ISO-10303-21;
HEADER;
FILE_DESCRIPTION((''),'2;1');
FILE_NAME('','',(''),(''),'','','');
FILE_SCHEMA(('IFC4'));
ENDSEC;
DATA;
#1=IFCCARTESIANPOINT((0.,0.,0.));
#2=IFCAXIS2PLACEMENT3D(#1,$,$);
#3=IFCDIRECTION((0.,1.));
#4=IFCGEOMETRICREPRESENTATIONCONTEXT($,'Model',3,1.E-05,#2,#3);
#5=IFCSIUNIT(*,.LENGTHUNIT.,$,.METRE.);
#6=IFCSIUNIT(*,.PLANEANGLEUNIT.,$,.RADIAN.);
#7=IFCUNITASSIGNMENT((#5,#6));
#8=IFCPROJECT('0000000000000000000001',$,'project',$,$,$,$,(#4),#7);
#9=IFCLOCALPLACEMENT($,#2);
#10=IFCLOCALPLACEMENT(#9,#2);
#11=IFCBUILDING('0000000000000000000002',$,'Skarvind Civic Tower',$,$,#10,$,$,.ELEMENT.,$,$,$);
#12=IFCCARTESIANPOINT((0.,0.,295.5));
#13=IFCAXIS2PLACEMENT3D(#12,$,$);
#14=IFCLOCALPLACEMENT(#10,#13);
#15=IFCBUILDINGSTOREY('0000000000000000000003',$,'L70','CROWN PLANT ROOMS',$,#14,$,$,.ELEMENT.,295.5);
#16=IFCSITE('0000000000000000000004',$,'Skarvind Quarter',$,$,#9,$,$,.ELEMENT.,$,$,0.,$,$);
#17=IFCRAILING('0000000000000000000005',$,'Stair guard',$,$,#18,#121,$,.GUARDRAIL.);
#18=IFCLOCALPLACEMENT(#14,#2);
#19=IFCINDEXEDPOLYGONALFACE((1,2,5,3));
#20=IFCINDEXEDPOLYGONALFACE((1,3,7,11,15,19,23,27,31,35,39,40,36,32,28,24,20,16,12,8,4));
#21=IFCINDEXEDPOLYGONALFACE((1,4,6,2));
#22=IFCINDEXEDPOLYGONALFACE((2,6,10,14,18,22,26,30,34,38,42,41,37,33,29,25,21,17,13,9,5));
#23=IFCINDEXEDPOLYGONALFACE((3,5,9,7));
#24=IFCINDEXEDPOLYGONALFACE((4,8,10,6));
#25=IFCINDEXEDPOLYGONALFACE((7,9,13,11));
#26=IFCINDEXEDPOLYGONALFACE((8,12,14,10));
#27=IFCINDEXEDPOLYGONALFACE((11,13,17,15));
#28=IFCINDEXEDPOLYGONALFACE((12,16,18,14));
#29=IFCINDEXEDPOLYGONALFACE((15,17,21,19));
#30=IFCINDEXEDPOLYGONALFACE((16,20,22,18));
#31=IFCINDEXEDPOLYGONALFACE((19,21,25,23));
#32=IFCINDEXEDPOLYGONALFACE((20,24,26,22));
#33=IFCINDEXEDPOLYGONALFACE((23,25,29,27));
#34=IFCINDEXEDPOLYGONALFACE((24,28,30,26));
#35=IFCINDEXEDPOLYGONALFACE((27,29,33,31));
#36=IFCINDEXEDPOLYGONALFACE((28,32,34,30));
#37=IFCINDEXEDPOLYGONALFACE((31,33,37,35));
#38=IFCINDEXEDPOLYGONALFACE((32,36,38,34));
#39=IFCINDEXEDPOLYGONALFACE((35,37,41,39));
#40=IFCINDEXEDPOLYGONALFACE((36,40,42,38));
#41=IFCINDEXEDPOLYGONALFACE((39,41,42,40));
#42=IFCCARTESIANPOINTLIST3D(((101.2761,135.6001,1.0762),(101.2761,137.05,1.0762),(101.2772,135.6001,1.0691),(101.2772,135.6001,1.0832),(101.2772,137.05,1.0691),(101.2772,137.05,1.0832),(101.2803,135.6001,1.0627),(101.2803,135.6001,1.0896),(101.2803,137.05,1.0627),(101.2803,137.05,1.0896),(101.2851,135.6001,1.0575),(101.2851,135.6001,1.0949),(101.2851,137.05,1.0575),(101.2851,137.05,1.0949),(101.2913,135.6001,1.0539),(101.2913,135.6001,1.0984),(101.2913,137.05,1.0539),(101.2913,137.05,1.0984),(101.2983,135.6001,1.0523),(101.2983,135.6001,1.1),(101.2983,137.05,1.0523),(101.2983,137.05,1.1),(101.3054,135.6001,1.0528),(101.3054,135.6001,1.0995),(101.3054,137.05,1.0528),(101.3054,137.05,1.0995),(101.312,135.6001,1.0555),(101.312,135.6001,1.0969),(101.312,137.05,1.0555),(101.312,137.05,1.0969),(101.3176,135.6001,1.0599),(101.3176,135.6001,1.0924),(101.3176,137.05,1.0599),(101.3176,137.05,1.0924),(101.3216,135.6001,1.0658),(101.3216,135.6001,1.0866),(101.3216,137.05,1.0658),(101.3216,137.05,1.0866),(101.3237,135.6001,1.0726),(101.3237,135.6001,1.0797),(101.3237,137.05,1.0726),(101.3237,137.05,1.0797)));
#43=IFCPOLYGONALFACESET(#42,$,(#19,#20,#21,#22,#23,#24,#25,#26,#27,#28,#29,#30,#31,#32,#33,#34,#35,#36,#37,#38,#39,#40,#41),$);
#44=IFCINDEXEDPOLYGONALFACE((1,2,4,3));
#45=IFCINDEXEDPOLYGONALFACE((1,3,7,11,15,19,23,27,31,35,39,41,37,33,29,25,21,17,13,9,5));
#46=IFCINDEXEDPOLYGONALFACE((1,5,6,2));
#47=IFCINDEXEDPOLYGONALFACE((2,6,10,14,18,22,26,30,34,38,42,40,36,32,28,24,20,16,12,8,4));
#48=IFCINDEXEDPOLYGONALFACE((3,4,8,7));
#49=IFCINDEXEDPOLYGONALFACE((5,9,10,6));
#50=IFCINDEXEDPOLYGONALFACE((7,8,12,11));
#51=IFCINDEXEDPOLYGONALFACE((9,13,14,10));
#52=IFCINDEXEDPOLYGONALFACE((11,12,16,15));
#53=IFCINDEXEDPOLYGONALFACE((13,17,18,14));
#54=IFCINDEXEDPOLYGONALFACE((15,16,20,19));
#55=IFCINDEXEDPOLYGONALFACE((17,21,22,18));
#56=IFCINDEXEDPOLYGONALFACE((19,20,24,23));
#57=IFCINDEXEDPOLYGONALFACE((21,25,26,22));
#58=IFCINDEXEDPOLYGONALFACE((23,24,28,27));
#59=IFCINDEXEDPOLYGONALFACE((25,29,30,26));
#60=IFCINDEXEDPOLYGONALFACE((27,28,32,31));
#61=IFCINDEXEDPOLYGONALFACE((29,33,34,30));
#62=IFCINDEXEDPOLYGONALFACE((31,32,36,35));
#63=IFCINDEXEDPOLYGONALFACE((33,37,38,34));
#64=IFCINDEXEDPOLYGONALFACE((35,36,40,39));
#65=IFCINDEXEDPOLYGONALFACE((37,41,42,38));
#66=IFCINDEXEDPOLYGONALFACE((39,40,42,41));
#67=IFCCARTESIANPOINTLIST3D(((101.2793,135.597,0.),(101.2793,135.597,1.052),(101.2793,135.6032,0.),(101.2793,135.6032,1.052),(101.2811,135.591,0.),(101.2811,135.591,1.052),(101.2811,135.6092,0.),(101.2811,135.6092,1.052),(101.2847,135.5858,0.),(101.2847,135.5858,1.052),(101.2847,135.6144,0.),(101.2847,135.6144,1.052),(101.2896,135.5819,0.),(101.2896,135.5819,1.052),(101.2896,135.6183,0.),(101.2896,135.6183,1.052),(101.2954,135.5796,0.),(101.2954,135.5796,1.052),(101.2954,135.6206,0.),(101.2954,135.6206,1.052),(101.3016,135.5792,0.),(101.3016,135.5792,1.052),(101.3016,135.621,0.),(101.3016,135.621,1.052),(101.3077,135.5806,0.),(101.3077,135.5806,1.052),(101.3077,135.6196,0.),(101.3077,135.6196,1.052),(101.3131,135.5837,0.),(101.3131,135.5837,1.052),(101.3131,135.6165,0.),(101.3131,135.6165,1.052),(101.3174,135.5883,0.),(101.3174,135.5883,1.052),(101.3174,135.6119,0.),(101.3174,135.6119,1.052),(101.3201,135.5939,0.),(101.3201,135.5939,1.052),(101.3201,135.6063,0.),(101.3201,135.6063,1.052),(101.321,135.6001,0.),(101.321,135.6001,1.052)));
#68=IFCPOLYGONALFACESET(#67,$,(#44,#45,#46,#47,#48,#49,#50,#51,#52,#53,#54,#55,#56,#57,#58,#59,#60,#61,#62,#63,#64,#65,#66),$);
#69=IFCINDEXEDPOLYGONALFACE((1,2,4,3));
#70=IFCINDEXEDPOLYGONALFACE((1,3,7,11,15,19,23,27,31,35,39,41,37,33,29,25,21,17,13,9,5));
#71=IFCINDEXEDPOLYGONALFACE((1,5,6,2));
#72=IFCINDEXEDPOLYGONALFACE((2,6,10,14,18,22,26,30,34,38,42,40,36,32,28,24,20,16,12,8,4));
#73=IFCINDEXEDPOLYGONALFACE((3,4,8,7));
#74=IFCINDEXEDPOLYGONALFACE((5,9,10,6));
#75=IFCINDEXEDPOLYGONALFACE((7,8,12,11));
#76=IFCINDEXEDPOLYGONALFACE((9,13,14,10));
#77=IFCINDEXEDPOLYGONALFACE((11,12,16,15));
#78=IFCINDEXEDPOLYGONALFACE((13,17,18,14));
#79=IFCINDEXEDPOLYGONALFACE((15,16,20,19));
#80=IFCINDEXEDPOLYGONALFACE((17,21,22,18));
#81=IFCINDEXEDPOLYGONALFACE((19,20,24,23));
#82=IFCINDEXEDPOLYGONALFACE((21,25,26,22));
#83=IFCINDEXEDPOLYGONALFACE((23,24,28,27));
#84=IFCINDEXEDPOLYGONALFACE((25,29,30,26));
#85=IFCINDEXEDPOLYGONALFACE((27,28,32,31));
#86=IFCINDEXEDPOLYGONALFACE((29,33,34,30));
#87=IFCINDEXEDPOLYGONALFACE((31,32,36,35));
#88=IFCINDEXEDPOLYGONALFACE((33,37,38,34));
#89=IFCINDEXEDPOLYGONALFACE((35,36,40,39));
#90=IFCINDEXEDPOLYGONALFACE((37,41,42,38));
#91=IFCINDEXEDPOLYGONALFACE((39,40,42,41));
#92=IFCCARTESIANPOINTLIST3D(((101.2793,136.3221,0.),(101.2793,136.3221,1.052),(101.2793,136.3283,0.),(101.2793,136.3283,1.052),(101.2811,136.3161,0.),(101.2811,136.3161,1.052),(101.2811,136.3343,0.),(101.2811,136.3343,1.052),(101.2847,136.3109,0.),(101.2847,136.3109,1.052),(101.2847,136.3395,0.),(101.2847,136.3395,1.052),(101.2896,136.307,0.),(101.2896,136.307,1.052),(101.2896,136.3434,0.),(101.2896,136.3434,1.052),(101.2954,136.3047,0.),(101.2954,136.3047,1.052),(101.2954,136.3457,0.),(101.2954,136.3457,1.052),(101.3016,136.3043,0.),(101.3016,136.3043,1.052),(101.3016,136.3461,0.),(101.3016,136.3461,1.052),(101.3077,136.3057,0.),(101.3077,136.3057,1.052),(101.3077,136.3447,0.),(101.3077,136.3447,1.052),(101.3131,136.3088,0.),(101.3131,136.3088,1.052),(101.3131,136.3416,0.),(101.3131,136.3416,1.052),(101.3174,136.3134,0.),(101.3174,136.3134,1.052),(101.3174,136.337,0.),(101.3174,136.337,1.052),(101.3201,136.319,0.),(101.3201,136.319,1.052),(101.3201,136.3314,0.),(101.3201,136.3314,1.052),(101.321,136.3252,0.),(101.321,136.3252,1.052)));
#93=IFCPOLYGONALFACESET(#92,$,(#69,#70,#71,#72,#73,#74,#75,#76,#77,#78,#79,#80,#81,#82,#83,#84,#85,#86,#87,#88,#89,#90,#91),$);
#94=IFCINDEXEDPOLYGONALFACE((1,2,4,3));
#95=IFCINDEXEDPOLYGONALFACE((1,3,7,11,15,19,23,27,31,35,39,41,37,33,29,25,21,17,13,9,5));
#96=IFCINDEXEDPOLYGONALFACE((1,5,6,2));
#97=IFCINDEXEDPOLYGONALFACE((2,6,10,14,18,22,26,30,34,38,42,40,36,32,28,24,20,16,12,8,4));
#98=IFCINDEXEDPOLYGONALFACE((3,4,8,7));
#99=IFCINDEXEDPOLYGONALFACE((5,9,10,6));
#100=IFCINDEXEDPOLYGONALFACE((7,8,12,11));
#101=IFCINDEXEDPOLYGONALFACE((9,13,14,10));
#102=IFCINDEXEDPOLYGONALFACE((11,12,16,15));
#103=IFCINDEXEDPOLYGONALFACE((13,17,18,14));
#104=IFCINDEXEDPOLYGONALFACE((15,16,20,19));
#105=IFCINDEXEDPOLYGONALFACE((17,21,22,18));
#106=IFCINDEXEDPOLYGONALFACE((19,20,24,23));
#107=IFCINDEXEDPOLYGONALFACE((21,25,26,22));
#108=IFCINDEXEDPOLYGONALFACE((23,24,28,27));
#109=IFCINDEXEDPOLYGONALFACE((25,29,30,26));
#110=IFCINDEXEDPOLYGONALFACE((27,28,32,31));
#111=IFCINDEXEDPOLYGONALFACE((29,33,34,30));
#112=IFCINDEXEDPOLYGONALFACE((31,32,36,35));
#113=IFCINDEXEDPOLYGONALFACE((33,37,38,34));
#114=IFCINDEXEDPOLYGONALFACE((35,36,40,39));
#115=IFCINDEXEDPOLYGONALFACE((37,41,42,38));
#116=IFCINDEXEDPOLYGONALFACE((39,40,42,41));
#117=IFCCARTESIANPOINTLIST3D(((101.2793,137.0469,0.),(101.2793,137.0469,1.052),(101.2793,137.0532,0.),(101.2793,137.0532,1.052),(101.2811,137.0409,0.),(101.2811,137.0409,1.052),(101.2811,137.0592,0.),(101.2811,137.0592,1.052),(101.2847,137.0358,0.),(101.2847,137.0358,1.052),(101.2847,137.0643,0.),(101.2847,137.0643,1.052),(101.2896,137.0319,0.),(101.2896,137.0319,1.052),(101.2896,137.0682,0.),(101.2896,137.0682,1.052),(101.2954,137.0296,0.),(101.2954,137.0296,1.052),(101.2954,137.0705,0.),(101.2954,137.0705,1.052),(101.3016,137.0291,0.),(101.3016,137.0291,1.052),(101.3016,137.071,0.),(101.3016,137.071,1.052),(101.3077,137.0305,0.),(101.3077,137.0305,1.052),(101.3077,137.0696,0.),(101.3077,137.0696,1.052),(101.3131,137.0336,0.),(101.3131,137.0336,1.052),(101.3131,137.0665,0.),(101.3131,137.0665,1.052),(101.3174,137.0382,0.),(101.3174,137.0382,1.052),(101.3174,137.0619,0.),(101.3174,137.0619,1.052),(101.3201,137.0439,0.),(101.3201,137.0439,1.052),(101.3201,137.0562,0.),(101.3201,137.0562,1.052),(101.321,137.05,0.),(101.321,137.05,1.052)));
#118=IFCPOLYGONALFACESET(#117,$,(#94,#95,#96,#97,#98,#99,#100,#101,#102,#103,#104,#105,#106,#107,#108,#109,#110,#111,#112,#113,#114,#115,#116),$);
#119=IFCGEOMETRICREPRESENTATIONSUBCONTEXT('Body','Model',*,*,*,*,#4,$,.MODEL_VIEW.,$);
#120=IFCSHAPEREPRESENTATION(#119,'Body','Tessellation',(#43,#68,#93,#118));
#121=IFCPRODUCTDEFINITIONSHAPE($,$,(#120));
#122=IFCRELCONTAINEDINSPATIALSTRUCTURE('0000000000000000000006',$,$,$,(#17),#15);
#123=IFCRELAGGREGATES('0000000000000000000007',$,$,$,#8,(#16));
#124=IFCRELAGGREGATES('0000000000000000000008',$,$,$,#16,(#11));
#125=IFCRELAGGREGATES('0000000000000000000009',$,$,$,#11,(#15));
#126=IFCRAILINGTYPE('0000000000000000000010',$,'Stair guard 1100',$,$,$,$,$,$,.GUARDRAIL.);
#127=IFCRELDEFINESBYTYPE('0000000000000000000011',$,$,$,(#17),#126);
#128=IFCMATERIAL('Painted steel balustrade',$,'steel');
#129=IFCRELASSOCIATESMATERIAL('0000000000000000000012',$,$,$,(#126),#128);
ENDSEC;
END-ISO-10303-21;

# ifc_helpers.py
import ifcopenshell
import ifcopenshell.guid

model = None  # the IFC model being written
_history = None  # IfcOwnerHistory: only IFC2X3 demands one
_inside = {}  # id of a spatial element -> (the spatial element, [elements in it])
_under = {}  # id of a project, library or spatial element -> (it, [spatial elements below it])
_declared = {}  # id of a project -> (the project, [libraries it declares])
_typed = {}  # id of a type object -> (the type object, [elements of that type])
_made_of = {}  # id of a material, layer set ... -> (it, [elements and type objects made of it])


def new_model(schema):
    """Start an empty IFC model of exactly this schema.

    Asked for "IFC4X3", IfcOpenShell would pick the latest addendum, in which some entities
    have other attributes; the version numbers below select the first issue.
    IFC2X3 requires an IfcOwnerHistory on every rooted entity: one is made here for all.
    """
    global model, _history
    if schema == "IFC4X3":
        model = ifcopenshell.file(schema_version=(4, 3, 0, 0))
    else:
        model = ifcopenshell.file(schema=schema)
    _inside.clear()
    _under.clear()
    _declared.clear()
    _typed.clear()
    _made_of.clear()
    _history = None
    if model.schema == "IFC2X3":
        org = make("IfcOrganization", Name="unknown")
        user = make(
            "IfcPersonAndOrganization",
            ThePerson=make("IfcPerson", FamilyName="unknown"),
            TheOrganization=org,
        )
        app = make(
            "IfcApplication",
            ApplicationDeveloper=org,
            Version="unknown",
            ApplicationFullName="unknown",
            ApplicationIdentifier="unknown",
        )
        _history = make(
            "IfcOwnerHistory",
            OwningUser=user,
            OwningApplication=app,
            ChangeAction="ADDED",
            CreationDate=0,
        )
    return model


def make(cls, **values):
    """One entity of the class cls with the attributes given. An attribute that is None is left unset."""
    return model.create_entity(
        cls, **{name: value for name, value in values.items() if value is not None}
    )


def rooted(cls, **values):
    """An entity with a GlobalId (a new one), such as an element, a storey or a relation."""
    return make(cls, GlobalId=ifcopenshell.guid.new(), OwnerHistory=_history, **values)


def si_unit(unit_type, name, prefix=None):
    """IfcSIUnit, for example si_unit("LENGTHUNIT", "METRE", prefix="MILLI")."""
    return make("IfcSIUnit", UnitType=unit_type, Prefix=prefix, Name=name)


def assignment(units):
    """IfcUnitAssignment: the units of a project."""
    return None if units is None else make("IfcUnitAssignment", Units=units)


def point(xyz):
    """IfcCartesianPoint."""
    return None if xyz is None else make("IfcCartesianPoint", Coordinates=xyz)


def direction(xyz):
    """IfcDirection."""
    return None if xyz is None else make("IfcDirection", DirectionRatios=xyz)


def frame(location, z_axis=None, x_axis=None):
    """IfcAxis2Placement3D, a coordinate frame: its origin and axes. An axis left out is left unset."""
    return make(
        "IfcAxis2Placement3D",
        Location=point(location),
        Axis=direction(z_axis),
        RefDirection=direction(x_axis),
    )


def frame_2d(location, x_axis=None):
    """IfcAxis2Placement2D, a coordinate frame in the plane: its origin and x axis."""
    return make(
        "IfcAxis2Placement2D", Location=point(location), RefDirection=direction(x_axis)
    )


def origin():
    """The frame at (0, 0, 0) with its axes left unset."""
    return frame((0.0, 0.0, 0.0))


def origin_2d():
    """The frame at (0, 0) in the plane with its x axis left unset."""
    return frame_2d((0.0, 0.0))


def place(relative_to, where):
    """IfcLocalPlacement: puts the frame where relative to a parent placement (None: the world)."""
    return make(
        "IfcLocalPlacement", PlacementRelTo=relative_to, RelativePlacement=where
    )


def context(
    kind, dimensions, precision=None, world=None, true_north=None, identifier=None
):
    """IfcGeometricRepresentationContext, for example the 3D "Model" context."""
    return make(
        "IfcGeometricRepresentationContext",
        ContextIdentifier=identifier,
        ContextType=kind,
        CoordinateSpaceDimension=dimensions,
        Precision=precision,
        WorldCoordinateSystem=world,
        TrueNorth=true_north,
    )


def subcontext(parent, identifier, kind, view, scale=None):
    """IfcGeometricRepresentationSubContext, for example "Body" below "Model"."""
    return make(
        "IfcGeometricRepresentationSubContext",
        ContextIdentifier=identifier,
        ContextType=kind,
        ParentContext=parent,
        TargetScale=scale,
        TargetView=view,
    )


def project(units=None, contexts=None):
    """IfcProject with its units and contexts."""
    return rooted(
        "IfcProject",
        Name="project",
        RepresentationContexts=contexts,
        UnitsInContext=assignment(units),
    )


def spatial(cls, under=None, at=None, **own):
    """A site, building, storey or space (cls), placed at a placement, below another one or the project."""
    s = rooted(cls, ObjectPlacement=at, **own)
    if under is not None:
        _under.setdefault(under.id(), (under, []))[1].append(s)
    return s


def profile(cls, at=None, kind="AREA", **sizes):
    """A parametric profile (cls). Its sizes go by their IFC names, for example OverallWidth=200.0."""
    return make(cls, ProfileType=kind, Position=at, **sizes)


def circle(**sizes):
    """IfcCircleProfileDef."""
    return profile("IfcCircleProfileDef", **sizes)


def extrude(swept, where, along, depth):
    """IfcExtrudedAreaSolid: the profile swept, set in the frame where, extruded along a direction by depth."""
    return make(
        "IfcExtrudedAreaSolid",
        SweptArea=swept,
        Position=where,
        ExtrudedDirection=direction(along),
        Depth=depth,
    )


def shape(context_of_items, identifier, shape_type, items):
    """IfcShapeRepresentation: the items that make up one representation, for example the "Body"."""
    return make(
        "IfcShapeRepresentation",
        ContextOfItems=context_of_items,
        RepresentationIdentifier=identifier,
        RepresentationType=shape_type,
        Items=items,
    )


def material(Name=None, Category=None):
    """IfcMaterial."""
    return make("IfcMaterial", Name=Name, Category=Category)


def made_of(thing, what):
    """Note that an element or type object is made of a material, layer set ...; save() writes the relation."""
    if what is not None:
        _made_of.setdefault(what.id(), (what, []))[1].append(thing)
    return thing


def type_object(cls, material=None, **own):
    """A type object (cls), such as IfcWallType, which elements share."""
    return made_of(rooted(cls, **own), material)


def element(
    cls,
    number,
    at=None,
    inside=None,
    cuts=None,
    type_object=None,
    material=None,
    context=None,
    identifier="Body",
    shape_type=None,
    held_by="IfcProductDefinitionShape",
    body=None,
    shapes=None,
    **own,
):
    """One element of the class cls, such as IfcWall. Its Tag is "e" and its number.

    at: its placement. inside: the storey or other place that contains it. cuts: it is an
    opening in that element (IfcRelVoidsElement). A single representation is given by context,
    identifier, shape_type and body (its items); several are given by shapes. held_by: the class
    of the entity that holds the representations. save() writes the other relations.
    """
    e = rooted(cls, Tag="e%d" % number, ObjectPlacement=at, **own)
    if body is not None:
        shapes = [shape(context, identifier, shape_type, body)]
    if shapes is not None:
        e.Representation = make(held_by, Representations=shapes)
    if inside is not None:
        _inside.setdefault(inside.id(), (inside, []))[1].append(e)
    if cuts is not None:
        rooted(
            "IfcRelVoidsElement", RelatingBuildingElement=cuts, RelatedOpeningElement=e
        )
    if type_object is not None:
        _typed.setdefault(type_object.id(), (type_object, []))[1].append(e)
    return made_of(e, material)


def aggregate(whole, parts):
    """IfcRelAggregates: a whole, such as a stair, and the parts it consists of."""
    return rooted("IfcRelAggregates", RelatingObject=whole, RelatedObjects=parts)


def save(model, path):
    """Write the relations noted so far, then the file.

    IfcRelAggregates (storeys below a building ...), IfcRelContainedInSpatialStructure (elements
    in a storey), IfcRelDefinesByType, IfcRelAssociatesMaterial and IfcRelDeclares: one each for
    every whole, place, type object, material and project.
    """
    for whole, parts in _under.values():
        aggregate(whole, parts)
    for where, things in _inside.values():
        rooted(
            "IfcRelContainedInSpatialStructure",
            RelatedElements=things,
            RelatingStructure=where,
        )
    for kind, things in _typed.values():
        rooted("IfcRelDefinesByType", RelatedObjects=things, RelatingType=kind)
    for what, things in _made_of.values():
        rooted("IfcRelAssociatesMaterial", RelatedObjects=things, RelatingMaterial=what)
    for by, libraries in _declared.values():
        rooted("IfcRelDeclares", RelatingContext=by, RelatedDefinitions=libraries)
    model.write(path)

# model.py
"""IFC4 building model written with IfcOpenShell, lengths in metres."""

from ifc_helpers import new_model, si_unit, direction, frame, origin, origin_2d, place, context, subcontext, project, spatial, circle, extrude, material, type_object, element, save


model = new_model("IFC4")

# Units and contexts
model_context = context("Model", 3, precision=1e-05, world=origin(), true_north=direction((0.0, 1.0)))
body_context = subcontext(model_context, "Body", "Model", "MODEL_VIEW")
ifc_project = project(units=[si_unit("LENGTHUNIT", "METRE"), si_unit("PLANEANGLEUNIT", "RADIAN")], contexts=[model_context])

# Site, building, storey
site_placement = place(None, origin())
site = spatial("IfcSite", under=ifc_project, at=site_placement, Name="Skarvind Quarter", CompositionType="ELEMENT", RefElevation=0.0)
building_placement = place(site_placement, origin())
building = spatial("IfcBuilding", under=site, at=building_placement, Name="Skarvind Civic Tower", CompositionType="ELEMENT")
storey_placement = place(building_placement, frame((0.0, 0.0, 295.5)))
storey = spatial("IfcBuildingStorey", under=building, at=storey_placement, Name="L70", Description="CROWN PLANT ROOMS", CompositionType="ELEMENT", Elevation=295.5)

# Railing
ifc_material_1 = material(Name="Painted steel balustrade", Category="steel")
railing_type = type_object("IfcRailingType", Name="Stair guard 1100", PredefinedType="GUARDRAIL", material=ifc_material_1)
railing_placement = place(storey_placement, frame((101.3, 135.6001, 0.0)))
element("IfcRailing", 1, at=railing_placement, inside=storey, type_object=railing_type, Name="Stair guard", PredefinedType="GUARDRAIL", context=body_context, shape_type="SweptSolid", body=[
    extrude(circle(Radius=0.0239, at=origin_2d()), frame((0.0, 0.0, 1.0762), z_axis=(0.0, 1.0, 0.0), x_axis=(-1.0, 0.0, 0.0)), (0.0, 0.0, 1.0), 1.45),
    extrude(circle(Radius=0.021, at=origin_2d()), origin(), (0.0, 0.0, 1.0), 1.052),
    extrude(circle(Radius=0.021, at=origin_2d()), frame((0.0, 0.7251, 0.0)), (0.0, 0.0, 1.0), 1.052),
    extrude(circle(Radius=0.021, at=origin_2d()), frame((0.0, 1.45, 0.0)), (0.0, 0.0, 1.0), 1.052),
])

save(model, "model.ifc")
